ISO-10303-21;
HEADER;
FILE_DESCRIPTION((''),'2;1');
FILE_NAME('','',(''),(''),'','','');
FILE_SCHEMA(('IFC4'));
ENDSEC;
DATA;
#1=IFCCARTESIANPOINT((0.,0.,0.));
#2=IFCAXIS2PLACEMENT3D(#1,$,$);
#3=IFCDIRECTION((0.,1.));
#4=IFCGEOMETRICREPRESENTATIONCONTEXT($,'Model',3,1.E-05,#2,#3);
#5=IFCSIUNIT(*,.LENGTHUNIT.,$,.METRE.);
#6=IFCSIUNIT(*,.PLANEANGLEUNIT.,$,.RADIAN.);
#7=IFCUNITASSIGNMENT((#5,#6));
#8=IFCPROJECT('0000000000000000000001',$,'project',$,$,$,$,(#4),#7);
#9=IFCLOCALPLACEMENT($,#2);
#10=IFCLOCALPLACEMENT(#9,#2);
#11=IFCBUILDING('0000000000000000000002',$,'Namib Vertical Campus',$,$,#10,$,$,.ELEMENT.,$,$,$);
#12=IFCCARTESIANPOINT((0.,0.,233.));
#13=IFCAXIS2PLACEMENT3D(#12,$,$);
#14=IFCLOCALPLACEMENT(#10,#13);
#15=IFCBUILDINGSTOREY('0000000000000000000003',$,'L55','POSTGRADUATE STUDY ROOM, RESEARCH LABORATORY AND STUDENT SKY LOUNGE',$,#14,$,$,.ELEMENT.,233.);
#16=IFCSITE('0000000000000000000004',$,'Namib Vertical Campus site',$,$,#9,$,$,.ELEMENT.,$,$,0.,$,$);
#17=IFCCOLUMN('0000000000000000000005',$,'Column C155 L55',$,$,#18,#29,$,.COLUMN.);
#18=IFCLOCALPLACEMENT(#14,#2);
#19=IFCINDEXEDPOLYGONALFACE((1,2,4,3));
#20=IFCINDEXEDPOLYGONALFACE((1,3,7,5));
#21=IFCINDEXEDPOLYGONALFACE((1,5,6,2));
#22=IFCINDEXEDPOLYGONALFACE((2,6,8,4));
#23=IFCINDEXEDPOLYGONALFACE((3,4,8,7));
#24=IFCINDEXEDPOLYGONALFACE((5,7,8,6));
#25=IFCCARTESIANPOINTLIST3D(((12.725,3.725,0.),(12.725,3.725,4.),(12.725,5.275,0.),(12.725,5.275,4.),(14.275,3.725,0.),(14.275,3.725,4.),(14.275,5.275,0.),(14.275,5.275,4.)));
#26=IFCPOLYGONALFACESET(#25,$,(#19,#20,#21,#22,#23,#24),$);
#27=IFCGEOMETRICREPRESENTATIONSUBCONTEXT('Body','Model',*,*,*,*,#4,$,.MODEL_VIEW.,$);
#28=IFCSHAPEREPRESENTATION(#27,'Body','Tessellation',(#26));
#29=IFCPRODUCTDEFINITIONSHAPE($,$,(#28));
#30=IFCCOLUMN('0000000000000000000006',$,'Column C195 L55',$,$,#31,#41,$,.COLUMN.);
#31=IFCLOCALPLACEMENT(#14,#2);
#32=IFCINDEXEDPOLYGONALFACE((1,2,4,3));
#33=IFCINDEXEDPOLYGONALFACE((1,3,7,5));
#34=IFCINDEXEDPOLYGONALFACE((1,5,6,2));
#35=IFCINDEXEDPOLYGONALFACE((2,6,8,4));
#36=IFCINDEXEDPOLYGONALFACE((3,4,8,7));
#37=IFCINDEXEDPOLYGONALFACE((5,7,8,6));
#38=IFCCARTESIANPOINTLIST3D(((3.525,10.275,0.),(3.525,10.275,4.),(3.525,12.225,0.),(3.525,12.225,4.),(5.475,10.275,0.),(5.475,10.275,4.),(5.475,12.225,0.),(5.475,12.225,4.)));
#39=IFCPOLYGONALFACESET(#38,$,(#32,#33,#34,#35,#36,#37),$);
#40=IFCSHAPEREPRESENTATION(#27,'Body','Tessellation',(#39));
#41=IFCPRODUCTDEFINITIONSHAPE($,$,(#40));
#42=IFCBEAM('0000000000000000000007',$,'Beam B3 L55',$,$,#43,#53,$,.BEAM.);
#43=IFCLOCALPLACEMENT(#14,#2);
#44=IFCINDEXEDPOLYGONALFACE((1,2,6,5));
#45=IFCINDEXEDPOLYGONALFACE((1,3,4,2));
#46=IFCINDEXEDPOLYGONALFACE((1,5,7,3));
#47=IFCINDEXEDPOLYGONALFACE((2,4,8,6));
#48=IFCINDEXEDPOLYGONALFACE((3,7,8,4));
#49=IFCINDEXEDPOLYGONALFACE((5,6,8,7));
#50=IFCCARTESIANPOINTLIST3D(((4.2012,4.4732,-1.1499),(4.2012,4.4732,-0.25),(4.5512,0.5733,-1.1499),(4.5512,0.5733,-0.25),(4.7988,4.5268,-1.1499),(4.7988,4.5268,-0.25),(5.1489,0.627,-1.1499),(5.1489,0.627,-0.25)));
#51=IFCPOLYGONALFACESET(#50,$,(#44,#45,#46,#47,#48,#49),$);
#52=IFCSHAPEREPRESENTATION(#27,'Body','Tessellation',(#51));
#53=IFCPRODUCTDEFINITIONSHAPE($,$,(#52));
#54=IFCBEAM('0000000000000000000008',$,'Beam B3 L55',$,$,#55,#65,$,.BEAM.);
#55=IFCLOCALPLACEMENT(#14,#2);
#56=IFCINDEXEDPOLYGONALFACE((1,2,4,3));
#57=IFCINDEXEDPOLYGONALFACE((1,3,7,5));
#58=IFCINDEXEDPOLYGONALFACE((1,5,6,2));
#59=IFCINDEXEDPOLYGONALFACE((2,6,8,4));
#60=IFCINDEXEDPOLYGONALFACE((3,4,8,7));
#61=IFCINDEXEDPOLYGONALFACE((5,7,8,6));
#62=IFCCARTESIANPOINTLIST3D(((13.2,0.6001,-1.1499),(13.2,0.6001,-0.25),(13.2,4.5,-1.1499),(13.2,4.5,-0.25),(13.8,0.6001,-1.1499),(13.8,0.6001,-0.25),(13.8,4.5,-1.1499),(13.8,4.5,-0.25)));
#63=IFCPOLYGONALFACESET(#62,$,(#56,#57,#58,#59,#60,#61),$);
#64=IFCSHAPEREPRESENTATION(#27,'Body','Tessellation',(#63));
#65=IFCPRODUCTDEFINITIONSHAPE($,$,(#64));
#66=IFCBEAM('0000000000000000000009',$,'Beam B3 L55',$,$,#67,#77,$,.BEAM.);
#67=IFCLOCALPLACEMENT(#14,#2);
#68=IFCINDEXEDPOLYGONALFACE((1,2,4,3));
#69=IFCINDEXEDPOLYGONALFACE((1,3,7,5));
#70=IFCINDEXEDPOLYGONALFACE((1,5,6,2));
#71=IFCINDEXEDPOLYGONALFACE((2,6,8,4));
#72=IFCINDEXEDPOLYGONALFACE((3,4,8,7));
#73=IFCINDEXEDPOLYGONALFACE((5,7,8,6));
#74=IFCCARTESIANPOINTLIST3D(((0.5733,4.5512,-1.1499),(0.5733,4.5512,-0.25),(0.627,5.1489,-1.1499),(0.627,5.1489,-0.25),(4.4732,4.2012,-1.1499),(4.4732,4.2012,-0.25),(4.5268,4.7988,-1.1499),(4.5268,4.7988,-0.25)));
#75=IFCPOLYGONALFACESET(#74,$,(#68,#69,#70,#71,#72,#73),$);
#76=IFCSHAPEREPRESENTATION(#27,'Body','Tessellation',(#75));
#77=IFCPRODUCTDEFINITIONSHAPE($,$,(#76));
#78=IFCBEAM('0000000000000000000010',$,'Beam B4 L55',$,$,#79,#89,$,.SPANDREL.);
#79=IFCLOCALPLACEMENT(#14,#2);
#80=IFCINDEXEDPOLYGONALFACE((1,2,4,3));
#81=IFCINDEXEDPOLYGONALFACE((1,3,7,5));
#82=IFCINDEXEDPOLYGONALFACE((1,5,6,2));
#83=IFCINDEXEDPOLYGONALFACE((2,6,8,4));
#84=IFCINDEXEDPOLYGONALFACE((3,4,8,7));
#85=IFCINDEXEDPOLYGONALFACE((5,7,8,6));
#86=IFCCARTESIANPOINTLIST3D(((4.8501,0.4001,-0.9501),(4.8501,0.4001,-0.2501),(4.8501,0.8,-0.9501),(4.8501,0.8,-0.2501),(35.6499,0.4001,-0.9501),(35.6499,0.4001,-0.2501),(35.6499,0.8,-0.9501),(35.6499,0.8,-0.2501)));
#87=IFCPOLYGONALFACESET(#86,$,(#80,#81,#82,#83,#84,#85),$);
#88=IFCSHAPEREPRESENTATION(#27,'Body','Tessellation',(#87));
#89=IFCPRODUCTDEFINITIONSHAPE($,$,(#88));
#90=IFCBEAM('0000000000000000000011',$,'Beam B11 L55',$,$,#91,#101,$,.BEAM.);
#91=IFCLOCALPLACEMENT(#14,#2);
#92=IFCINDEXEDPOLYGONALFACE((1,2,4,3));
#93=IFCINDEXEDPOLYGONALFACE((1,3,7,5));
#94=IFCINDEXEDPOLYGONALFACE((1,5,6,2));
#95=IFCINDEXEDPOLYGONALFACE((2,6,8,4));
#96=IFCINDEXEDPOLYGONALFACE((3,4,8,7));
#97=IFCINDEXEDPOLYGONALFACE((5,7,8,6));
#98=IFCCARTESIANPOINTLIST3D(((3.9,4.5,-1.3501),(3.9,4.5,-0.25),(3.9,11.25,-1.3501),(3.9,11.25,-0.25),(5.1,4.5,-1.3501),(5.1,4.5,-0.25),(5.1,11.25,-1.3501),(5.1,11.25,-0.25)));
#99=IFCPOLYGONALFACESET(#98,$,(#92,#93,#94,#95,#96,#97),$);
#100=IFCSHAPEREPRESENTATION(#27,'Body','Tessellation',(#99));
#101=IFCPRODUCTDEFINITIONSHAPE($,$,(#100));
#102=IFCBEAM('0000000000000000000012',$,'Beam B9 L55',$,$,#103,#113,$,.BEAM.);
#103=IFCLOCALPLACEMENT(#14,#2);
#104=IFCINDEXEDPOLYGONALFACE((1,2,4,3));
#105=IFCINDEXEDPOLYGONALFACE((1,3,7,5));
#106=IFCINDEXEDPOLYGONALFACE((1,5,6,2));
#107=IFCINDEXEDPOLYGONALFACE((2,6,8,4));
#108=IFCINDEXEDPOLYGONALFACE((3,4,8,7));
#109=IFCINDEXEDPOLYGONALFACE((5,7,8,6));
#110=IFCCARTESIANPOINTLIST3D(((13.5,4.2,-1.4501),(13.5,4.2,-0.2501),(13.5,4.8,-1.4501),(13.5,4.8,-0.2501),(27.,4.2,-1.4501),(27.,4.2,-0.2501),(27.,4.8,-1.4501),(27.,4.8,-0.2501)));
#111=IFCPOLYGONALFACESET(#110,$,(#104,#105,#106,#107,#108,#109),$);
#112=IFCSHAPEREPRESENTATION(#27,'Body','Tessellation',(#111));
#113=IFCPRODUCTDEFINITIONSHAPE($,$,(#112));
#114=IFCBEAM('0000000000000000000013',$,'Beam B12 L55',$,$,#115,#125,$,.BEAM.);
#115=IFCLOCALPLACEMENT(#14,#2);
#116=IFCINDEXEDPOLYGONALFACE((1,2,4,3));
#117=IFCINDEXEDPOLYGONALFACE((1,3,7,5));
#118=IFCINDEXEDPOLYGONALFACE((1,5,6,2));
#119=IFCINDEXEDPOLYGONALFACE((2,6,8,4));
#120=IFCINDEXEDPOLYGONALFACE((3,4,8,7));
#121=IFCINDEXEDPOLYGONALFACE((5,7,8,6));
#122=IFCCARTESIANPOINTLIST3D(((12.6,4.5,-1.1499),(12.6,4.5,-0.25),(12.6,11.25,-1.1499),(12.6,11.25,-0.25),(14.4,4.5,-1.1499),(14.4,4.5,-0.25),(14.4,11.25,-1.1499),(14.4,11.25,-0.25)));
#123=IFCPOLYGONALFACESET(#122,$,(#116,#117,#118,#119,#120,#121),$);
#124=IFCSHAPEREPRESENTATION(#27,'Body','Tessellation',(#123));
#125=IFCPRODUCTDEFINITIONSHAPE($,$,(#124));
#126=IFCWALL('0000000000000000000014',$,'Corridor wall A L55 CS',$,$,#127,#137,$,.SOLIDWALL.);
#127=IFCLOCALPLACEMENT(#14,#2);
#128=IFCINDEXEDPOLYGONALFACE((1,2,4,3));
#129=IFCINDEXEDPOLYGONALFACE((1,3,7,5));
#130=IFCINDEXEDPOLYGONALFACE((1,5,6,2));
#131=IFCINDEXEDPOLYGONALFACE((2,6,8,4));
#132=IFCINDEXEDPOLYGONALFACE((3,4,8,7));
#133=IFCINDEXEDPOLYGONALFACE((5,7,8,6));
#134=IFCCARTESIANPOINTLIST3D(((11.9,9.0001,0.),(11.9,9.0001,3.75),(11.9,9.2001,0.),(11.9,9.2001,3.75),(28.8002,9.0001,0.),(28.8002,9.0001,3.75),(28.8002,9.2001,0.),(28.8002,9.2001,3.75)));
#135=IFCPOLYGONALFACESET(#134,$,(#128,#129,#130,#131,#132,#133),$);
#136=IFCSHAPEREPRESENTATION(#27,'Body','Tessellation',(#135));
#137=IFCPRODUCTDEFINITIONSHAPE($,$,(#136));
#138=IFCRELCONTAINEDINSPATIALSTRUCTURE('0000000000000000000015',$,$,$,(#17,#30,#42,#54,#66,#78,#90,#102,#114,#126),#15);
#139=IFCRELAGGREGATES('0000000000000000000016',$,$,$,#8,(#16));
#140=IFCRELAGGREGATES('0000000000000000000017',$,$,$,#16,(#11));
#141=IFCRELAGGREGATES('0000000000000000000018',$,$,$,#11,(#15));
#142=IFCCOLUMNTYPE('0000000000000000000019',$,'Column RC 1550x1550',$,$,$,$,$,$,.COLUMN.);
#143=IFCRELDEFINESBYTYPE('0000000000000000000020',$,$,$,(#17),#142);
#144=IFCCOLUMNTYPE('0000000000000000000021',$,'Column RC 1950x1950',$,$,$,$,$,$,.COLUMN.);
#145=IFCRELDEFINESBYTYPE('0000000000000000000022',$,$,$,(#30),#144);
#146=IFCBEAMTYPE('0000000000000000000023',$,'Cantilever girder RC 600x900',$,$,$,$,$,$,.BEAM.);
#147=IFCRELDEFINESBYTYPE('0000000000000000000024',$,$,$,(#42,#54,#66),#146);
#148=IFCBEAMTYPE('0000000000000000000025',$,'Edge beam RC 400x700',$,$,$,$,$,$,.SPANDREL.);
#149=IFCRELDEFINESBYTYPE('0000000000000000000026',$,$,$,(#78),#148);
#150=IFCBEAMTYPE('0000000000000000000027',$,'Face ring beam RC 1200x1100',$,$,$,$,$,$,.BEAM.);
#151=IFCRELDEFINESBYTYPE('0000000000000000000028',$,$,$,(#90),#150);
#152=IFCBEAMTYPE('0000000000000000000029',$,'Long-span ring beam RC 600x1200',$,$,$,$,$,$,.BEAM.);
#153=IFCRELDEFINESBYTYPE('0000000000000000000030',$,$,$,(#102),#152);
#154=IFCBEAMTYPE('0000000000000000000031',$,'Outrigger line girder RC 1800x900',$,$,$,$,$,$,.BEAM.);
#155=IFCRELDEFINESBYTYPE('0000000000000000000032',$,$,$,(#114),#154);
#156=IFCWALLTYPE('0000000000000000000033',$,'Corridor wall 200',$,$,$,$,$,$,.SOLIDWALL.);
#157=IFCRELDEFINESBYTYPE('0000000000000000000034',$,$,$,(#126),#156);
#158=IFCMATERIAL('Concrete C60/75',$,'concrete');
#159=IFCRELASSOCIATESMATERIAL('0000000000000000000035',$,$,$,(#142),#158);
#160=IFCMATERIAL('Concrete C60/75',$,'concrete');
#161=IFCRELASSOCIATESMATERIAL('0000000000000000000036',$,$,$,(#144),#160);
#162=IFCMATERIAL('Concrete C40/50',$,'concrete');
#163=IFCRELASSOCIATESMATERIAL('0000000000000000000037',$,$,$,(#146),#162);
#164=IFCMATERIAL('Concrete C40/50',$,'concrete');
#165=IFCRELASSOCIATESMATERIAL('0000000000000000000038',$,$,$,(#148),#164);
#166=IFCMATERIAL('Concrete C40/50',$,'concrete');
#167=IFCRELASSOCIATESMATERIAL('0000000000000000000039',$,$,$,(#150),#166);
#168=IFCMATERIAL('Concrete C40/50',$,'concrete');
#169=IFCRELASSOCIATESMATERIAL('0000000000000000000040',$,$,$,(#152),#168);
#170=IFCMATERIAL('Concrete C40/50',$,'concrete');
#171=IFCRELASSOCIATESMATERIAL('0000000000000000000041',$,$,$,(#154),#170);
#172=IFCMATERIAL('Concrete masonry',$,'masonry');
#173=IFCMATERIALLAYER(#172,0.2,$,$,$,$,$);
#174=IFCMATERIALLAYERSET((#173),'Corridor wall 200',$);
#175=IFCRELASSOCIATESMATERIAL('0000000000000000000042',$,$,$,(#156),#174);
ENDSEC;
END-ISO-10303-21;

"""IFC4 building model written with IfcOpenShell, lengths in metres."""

from ifc_helpers import new_model, si_unit, direction, frame, frame_2d, origin, origin_2d, place, context, subcontext, project, spatial, rectangle, extrude, material, layer, layer_set, material_profile, profile_set, type_object, element, save


model = new_model("IFC4")

# Units and contexts
model_context = context("Model", 3, precision=1e-05, world=origin(), true_north=direction((0.0, 1.0)))
body_context = subcontext(model_context, "Body", "Model", "MODEL_VIEW")
ifc_project = project(units=[si_unit("LENGTHUNIT", "METRE"), si_unit("PLANEANGLEUNIT", "RADIAN")], contexts=[model_context])

# Site, building, storey
site_placement = place(None, origin())
site = spatial("IfcSite", under=ifc_project, at=site_placement, Name="Namib Vertical Campus site", CompositionType="ELEMENT", RefElevation=0.0)
building_placement = place(site_placement, origin())
building = spatial("IfcBuilding", under=site, at=building_placement, Name="Namib Vertical Campus", CompositionType="ELEMENT")
storey_placement = place(building_placement, frame((0.0, 0.0, 233.0)))
storey = spatial("IfcBuildingStorey", under=building, at=storey_placement, Name="L55", Description="POSTGRADUATE STUDY ROOM, RESEARCH LABORATORY AND STUDENT SKY LOUNGE", CompositionType="ELEMENT", Elevation=233.0)

# Columns
ifc_material_1 = material(Name="Concrete C60/75", Category="concrete")
ifc_material_profile_1 = material_profile(ifc_material_1, rectangle(XDim=1.55, YDim=1.55, at=origin_2d()))
ifc_profile_set_1 = profile_set([ifc_material_profile_1], Name="Concrete C60/75")
column_type_1 = type_object("IfcColumnType", Name="Column RC 1550x1550", PredefinedType="COLUMN", material=ifc_profile_set_1)
column_1_placement = place(storey_placement, frame((13.5, 4.5, 0.0), z_axis=(0.0, 0.0, 1.0), x_axis=(1.0, 0.0, 0.0)))
element("IfcColumn", 1, at=column_1_placement, inside=storey, type_object=column_type_1, Name="Column C155 L55", PredefinedType="COLUMN", context=body_context, shape_type="SweptSolid", body=[
    extrude(rectangle(XDim=1.55, YDim=1.55, at=origin_2d()), origin(), (0.0, 0.0, 1.0), 4.0),
])
ifc_material_2 = material(Name="Concrete C60/75", Category="concrete")
ifc_material_profile_2 = material_profile(ifc_material_2, rectangle(XDim=1.95, YDim=1.95, at=origin_2d()))
ifc_profile_set_2 = profile_set([ifc_material_profile_2], Name="Concrete C60/75")
column_type_2 = type_object("IfcColumnType", Name="Column RC 1950x1950", PredefinedType="COLUMN", material=ifc_profile_set_2)
column_2_placement = place(storey_placement, frame((4.5, 11.25, 0.0), z_axis=(0.0, 0.0, 1.0), x_axis=(1.0, 0.0, 0.0)))
element("IfcColumn", 2, at=column_2_placement, inside=storey, type_object=column_type_2, Name="Column C195 L55", PredefinedType="COLUMN", context=body_context, shape_type="SweptSolid", body=[
    extrude(rectangle(XDim=1.95, YDim=1.95, at=origin_2d()), origin(), (0.0, 0.0, 1.0), 4.0),
])

# Beams
ifc_material_3 = material(Name="Concrete C40/50", Category="concrete")
ifc_material_profile_3 = material_profile(ifc_material_3, rectangle(XDim=0.6001, YDim=0.8999, at=origin_2d()))
ifc_profile_set_3 = profile_set([ifc_material_profile_3], Name="Concrete C40/50")
beam_type_1 = type_object("IfcBeamType", Name="Cantilever girder RC 600x900", PredefinedType="BEAM", material=ifc_profile_set_3)
beam_1_placement = place(storey_placement, frame((4.5, 4.5, -0.7), z_axis=(0.089411, -0.995995, 0.0), x_axis=(0.995995, 0.089411, 0.0)))
element("IfcBeam", 3, at=beam_1_placement, inside=storey, type_object=beam_type_1, Name="Beam B3 L55", PredefinedType="BEAM", context=body_context, shape_type="SweptSolid", body=[
    extrude(rectangle(XDim=0.6001, YDim=0.8999, at=origin_2d()), origin(), (0.0, 0.0, 1.0), 3.9155),
])
beam_2_placement = place(storey_placement, frame((13.5, 4.5, -0.7), z_axis=(0.0, -1.0, 0.0), x_axis=(1.0, 0.0, 0.0)))
element("IfcBeam", 4, at=beam_2_placement, inside=storey, type_object=beam_type_1, Name="Beam B3 L55", PredefinedType="BEAM", context=body_context, shape_type="SweptSolid", body=[
    extrude(rectangle(XDim=0.6001, YDim=0.8999, at=origin_2d()), origin(), (0.0, 0.0, 1.0), 3.8999),
])
beam_3_placement = place(storey_placement, frame((4.5, 4.5, -0.7), z_axis=(-0.995995, 0.089411, 0.0), x_axis=(-0.089411, -0.995995, 0.0)))
element("IfcBeam", 5, at=beam_3_placement, inside=storey, type_object=beam_type_1, Name="Beam B3 L55", PredefinedType="BEAM", context=body_context, shape_type="SweptSolid", body=[
    extrude(rectangle(XDim=0.6001, YDim=0.8999, at=origin_2d()), origin(), (0.0, 0.0, 1.0), 3.9155),
])
ifc_material_4 = material(Name="Concrete C40/50", Category="concrete")
ifc_material_profile_4 = material_profile(ifc_material_4, rectangle(XDim=0.3999, YDim=0.7, at=origin_2d()))
ifc_profile_set_4 = profile_set([ifc_material_profile_4], Name="Concrete C40/50")
beam_type_2 = type_object("IfcBeamType", Name="Edge beam RC 400x700", PredefinedType="SPANDREL", material=ifc_profile_set_4)
beam_4_placement = place(storey_placement, frame((4.8501, 0.6001, -0.6001), z_axis=(1.0, 0.0, 0.0), x_axis=(0.0, 1.0, 0.0)))
element("IfcBeam", 6, at=beam_4_placement, inside=storey, type_object=beam_type_2, Name="Beam B4 L55", PredefinedType="SPANDREL", context=body_context, shape_type="SweptSolid", body=[
    extrude(rectangle(XDim=0.3999, YDim=0.7, at=origin_2d()), origin(), (0.0, 0.0, 1.0), 30.7998),
])
ifc_material_5 = material(Name="Concrete C40/50", Category="concrete")
ifc_material_profile_5 = material_profile(ifc_material_5, rectangle(XDim=1.2, YDim=1.1001, at=origin_2d()))
ifc_profile_set_5 = profile_set([ifc_material_profile_5], Name="Concrete C40/50")
beam_type_3 = type_object("IfcBeamType", Name="Face ring beam RC 1200x1100", PredefinedType="BEAM", material=ifc_profile_set_5)
beam_5_placement = place(storey_placement, frame((4.5, 4.5, -0.8), z_axis=(0.0, 1.0, 0.0), x_axis=(-1.0, 0.0, 0.0)))
element("IfcBeam", 7, at=beam_5_placement, inside=storey, type_object=beam_type_3, Name="Beam B11 L55", PredefinedType="BEAM", context=body_context, shape_type="SweptSolid", body=[
    extrude(rectangle(XDim=1.2, YDim=1.1001, at=origin_2d()), origin(), (0.0, 0.0, 1.0), 6.75),
])
ifc_material_6 = material(Name="Concrete C40/50", Category="concrete")
ifc_material_profile_6 = material_profile(ifc_material_6, rectangle(XDim=0.6001, YDim=1.2, at=origin_2d()))
ifc_profile_set_6 = profile_set([ifc_material_profile_6], Name="Concrete C40/50")
beam_type_4 = type_object("IfcBeamType", Name="Long-span ring beam RC 600x1200", PredefinedType="BEAM", material=ifc_profile_set_6)
beam_6_placement = place(storey_placement, frame((13.5, 4.5, -0.8501), z_axis=(1.0, 0.0, 0.0), x_axis=(0.0, 1.0, 0.0)))
element("IfcBeam", 8, at=beam_6_placement, inside=storey, type_object=beam_type_4, Name="Beam B9 L55", PredefinedType="BEAM", context=body_context, shape_type="SweptSolid", body=[
    extrude(rectangle(XDim=0.6001, YDim=1.2, at=origin_2d()), origin(), (0.0, 0.0, 1.0), 13.5),
])
ifc_material_7 = material(Name="Concrete C40/50", Category="concrete")
ifc_material_profile_7 = material_profile(ifc_material_7, rectangle(XDim=1.8, YDim=0.8999, at=origin_2d()))
ifc_profile_set_7 = profile_set([ifc_material_profile_7], Name="Concrete C40/50")
beam_type_5 = type_object("IfcBeamType", Name="Outrigger line girder RC 1800x900", PredefinedType="BEAM", material=ifc_profile_set_7)
beam_7_placement = place(storey_placement, frame((13.5, 4.5, -0.7), z_axis=(0.0, 1.0, 0.0), x_axis=(-1.0, 0.0, 0.0)))
element("IfcBeam", 9, at=beam_7_placement, inside=storey, type_object=beam_type_5, Name="Beam B12 L55", PredefinedType="BEAM", context=body_context, shape_type="SweptSolid", body=[
    extrude(rectangle(XDim=1.8, YDim=0.8999, at=origin_2d()), origin(), (0.0, 0.0, 1.0), 6.75),
])

# Wall
ifc_material_8 = material(Name="Concrete masonry", Category="masonry")
ifc_layer_1 = layer(ifc_material_8, 0.2)
ifc_layer_set_1 = layer_set([ifc_layer_1], Name="Corridor wall 200")
wall_type_1 = type_object("IfcWallType", Name="Corridor wall 200", PredefinedType="SOLIDWALL", material=ifc_layer_set_1)
wall_1_placement = place(storey_placement, frame((11.8999, 9.1001, 0.0), z_axis=(0.0, 0.0, 1.0), x_axis=(1.0, 0.0, 0.0)))
element("IfcWall", 10, at=wall_1_placement, inside=storey, type_object=wall_type_1, Name="Corridor wall A L55 CS", PredefinedType="SOLIDWALL", context=body_context, shape_type="SweptSolid", body=[
    extrude(rectangle(XDim=16.9001, YDim=0.2, at=frame_2d((8.4502, 0.0))), origin(), (0.0, 0.0, 1.0), 3.75),
])

save(model, "model.ifc")
